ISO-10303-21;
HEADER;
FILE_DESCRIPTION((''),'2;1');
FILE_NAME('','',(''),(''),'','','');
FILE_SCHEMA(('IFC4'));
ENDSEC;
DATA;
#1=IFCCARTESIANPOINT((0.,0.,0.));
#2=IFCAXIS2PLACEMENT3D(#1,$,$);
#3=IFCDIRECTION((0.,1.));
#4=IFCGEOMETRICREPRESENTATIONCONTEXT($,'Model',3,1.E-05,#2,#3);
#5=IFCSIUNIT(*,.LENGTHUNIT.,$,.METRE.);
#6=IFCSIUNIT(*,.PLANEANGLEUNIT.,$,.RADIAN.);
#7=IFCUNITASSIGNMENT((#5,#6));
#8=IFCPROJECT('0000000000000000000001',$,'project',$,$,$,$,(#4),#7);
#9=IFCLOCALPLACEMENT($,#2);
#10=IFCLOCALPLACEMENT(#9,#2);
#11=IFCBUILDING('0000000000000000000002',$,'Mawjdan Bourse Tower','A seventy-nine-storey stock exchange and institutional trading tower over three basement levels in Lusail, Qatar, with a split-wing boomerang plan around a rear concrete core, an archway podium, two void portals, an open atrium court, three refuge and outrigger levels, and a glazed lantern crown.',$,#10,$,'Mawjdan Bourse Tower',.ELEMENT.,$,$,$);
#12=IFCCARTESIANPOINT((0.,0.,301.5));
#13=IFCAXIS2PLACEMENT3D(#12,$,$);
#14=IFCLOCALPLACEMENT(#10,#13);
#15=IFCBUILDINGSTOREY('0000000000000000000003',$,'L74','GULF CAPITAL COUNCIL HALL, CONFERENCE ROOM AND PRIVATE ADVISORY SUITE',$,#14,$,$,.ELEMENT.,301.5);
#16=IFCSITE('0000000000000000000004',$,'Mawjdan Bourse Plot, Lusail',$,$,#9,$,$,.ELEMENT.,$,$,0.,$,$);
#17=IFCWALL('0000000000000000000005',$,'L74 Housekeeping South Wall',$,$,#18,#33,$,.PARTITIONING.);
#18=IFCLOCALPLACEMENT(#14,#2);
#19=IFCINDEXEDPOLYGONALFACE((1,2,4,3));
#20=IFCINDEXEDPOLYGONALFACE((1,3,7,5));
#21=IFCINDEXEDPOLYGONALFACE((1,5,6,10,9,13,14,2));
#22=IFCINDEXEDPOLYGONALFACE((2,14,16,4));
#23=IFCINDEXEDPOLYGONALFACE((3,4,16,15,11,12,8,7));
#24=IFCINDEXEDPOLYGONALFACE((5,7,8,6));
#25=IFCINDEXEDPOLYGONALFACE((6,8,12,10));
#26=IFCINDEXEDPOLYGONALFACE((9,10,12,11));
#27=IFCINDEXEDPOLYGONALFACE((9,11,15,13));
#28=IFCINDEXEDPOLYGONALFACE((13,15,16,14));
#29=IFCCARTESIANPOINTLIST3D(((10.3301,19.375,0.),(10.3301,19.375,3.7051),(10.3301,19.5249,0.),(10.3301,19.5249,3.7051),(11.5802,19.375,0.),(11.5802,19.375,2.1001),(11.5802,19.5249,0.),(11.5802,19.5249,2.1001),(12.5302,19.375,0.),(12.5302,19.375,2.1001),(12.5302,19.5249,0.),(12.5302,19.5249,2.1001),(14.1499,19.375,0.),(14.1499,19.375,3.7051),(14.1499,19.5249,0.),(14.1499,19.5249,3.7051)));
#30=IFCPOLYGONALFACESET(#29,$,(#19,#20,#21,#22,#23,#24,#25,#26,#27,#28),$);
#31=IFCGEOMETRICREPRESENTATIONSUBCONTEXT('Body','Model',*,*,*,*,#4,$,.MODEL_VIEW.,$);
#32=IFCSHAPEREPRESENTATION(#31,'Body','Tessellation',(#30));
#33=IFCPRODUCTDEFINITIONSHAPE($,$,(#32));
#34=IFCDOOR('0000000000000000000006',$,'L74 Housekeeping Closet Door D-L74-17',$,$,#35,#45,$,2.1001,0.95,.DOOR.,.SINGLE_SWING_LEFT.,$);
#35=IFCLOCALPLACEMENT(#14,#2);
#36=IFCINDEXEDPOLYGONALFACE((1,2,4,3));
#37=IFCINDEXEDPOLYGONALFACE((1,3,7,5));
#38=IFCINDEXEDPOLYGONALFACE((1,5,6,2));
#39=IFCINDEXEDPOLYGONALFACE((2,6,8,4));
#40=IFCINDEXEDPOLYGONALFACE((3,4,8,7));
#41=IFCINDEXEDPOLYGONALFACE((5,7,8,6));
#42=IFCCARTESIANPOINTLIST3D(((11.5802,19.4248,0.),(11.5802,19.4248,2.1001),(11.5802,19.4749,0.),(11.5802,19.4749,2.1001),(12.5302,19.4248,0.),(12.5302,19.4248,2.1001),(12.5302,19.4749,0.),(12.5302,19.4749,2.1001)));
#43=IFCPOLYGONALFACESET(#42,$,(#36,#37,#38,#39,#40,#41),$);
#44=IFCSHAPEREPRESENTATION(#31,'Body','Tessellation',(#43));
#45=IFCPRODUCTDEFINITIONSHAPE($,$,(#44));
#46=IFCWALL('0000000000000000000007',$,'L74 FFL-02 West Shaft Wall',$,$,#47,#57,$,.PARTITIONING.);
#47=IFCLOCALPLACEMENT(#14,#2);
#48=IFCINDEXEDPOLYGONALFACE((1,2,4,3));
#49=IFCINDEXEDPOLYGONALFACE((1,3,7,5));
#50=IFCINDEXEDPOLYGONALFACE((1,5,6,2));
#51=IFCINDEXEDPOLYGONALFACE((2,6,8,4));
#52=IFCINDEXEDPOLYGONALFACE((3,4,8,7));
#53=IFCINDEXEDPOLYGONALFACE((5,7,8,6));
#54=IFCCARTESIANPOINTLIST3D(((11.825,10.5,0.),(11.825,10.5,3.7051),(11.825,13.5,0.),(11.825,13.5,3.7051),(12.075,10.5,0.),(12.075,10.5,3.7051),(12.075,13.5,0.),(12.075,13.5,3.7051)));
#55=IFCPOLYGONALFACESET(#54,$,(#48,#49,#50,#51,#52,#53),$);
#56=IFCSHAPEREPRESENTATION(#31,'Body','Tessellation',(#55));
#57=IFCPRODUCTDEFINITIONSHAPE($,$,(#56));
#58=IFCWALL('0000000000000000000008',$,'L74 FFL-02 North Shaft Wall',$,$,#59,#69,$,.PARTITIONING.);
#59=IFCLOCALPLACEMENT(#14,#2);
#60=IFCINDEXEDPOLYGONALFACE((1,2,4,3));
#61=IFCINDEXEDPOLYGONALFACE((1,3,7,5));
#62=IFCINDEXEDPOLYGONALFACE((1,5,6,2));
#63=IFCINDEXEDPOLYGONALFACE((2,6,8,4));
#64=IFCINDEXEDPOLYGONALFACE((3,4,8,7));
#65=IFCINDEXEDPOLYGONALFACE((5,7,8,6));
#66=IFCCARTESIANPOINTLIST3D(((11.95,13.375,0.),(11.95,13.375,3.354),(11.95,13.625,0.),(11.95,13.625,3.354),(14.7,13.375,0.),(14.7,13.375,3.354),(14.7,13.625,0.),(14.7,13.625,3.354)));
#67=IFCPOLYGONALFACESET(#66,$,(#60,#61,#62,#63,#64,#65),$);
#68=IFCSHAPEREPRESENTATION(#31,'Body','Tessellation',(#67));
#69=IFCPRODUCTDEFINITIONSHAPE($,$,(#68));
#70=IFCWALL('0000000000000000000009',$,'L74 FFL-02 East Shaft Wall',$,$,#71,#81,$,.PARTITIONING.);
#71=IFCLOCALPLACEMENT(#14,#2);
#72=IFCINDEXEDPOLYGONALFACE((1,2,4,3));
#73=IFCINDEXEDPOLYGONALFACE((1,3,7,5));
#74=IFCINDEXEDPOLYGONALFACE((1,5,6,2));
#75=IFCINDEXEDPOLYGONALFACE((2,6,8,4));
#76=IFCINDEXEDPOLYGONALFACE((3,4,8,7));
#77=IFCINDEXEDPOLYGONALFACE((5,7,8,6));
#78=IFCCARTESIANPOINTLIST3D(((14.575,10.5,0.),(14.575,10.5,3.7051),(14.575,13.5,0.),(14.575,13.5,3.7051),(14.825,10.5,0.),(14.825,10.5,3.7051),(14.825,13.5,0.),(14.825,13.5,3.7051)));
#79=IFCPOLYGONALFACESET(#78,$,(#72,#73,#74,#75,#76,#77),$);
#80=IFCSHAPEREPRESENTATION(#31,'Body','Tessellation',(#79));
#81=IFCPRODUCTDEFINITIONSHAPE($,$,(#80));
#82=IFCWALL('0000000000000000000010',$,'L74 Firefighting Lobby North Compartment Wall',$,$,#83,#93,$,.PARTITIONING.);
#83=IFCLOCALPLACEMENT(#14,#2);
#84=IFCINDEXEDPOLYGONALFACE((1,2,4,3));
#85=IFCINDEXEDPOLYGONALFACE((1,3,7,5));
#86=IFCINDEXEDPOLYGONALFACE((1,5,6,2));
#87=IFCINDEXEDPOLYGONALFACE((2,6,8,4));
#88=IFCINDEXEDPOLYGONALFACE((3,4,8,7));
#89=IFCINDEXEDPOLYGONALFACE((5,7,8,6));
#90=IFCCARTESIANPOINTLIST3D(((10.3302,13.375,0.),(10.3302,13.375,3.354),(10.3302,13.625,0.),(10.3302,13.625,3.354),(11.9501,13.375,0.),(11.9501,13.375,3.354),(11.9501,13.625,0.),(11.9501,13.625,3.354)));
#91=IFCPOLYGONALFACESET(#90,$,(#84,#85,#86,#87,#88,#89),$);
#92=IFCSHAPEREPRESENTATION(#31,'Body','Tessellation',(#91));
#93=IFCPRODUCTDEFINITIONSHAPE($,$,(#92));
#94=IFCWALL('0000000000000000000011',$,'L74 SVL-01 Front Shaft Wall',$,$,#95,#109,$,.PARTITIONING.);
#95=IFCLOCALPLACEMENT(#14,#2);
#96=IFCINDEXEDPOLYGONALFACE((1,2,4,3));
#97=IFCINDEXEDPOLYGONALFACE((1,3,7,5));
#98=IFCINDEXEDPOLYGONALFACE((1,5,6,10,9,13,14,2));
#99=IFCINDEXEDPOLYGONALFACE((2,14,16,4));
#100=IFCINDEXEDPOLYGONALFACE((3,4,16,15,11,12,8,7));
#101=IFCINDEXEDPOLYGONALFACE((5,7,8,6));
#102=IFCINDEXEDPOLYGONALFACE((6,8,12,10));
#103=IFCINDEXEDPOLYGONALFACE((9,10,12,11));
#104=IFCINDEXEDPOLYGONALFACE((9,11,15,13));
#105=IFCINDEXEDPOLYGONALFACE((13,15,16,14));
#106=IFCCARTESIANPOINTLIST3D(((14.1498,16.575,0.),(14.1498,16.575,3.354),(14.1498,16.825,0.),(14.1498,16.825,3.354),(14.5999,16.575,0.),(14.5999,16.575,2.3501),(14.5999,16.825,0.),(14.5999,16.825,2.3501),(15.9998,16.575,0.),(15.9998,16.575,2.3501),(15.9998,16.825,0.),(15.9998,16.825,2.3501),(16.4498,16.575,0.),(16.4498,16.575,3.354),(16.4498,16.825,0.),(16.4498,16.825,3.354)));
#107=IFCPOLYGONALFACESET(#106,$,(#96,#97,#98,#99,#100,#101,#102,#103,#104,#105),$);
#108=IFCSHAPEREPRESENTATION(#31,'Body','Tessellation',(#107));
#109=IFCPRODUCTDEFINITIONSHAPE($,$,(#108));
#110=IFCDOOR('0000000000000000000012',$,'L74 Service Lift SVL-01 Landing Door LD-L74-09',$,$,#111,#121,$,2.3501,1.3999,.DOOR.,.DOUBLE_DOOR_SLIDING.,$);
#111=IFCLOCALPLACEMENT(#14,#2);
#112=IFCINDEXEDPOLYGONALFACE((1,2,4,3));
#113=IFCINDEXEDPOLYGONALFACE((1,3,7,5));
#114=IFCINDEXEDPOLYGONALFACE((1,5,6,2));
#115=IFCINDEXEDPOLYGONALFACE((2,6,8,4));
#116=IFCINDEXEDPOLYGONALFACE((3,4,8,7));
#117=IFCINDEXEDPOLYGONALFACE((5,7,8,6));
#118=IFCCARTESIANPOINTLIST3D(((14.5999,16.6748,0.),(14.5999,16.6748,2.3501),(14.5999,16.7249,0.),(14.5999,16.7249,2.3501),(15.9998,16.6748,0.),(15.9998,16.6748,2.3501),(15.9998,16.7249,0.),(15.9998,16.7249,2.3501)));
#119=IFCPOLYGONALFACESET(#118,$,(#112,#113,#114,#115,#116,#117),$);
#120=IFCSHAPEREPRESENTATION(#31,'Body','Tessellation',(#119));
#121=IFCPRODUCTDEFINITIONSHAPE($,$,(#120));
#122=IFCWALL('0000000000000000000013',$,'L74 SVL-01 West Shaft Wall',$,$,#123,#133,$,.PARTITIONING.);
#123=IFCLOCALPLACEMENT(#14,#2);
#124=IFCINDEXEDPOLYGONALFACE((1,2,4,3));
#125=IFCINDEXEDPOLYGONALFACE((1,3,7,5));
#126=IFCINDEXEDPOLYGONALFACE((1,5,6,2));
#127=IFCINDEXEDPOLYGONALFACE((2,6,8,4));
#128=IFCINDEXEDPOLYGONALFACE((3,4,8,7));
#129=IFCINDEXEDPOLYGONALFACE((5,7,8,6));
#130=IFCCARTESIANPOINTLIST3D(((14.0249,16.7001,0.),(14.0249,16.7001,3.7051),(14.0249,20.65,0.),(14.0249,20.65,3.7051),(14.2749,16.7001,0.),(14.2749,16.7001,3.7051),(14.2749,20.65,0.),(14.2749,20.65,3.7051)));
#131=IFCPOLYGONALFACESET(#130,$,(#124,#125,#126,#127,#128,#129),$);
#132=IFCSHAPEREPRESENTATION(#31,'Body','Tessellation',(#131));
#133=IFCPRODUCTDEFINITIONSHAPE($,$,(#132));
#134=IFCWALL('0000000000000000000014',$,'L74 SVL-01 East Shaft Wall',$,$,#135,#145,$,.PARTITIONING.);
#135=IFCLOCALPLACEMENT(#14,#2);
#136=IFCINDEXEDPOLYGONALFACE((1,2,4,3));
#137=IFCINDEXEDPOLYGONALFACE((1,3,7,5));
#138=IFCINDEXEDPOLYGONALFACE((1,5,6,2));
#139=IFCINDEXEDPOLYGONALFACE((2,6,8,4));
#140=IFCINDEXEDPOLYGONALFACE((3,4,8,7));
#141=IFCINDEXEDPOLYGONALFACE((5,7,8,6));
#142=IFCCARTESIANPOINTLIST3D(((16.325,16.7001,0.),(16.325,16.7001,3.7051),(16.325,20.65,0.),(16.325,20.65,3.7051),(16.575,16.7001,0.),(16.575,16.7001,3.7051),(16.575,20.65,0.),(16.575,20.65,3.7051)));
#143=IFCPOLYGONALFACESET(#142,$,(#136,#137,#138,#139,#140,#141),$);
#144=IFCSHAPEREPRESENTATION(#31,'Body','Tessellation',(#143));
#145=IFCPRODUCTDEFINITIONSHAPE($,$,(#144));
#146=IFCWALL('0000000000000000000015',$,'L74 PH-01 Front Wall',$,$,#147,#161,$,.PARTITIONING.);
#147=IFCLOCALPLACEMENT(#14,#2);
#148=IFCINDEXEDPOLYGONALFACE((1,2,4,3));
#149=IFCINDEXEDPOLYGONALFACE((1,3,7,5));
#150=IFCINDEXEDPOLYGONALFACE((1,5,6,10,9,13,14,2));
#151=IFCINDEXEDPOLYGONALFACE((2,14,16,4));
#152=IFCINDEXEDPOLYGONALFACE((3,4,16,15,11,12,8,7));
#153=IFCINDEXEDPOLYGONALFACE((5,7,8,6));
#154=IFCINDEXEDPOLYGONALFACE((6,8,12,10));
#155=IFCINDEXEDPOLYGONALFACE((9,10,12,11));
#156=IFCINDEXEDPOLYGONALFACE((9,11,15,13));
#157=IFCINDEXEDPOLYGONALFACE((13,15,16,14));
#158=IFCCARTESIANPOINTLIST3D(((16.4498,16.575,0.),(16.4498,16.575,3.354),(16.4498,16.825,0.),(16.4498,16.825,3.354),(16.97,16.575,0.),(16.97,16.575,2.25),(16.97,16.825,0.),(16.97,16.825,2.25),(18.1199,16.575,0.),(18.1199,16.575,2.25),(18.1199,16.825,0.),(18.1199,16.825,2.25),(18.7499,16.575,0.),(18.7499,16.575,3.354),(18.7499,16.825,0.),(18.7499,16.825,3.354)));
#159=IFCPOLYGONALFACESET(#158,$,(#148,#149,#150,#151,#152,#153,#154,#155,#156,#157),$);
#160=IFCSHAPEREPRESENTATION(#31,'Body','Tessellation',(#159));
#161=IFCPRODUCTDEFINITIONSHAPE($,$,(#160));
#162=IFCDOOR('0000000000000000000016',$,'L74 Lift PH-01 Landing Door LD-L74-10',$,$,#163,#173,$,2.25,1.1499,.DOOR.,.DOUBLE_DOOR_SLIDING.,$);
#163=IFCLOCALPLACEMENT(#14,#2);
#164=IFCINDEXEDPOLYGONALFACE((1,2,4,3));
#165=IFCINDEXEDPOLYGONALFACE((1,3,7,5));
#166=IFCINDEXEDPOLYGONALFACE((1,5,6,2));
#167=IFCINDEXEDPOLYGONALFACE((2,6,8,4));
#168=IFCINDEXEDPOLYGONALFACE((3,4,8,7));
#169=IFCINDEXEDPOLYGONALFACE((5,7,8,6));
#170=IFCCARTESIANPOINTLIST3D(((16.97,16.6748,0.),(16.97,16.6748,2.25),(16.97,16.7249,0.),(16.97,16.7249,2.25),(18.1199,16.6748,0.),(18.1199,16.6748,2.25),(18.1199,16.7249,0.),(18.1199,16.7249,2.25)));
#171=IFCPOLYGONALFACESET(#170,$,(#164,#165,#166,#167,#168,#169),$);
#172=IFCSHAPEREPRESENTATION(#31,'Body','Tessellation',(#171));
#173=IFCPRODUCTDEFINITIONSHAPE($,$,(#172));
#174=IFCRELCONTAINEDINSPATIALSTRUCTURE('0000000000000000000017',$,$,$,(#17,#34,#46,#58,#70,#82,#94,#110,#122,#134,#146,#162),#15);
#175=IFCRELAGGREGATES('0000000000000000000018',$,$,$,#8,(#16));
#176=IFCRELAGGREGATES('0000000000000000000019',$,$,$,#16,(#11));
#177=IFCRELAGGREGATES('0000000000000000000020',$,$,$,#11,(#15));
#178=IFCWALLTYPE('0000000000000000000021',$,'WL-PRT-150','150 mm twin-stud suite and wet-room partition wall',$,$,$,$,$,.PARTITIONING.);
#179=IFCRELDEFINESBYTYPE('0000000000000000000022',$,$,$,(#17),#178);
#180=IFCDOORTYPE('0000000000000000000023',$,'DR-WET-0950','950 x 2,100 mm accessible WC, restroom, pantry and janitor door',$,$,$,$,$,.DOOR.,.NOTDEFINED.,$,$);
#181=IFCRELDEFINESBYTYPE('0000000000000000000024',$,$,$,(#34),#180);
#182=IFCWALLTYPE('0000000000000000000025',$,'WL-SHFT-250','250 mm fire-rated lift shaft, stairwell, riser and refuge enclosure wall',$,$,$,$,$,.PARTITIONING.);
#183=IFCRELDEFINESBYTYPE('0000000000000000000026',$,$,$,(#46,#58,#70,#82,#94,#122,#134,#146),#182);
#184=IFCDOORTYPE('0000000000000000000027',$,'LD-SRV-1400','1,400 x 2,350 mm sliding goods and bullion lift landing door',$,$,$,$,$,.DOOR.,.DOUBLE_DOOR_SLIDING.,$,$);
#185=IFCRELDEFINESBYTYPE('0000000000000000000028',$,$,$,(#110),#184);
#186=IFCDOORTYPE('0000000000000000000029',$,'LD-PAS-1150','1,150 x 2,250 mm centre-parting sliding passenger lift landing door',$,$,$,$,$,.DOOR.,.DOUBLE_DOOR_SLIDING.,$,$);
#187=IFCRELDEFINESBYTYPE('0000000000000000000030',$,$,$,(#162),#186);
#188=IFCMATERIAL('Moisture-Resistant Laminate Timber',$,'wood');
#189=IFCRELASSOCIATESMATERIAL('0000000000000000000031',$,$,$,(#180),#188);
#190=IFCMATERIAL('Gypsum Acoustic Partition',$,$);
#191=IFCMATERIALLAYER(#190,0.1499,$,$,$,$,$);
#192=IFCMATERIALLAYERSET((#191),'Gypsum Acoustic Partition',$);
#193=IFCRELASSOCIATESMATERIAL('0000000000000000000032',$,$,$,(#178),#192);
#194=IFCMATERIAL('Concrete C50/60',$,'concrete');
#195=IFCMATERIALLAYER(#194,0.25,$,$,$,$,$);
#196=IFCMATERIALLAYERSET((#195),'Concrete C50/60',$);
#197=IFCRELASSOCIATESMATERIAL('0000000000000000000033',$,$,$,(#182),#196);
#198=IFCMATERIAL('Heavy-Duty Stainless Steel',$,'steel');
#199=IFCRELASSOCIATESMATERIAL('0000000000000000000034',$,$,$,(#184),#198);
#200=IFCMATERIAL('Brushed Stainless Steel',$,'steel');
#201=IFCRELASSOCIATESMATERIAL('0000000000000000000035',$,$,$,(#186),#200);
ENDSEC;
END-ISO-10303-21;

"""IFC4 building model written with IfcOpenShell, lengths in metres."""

from ifc_helpers import new_model, si_unit, direction, frame, frame_2d, origin, place, context, subcontext, project, spatial, rectangle, extrude, material, layer, layer_set, type_object, element, fill, save


model = new_model("IFC4")

# Units and contexts
model_context = context("Model", 3, precision=1e-05, world=origin(), true_north=direction((0.0, 1.0)))
body_context = subcontext(model_context, "Body", "Model", "MODEL_VIEW")
ifc_project = project(units=[si_unit("LENGTHUNIT", "METRE"), si_unit("PLANEANGLEUNIT", "RADIAN")], contexts=[model_context])

# Site, building, storey
site_placement = place(None, origin())
site = spatial("IfcSite", under=ifc_project, at=site_placement, Name="Mawjdan Bourse Plot, Lusail", CompositionType="ELEMENT", RefElevation=0.0)
building_placement = place(site_placement, origin())
building = spatial("IfcBuilding", under=site, at=building_placement, Name="Mawjdan Bourse Tower", Description="A seventy-nine-storey stock exchange and institutional trading tower over three basement levels in Lusail, Qatar, with a split-wing boomerang plan around a rear concrete core, an archway podium, two void portals, an open atrium court, three refuge and outrigger levels, and a glazed lantern crown.", LongName="Mawjdan Bourse Tower", CompositionType="ELEMENT")
storey_placement = place(building_placement, frame((0.0, 0.0, 301.5)))
storey = spatial("IfcBuildingStorey", under=building, at=storey_placement, Name="L74", Description="GULF CAPITAL COUNCIL HALL, CONFERENCE ROOM AND PRIVATE ADVISORY SUITE", CompositionType="ELEMENT", Elevation=301.5)

# Wall, opening, door
ifc_material_1 = material(Name="Moisture-Resistant Laminate Timber", Category="wood")
door_type_1 = type_object("IfcDoorType", Name="DR-WET-0950", Description="950 x 2,100 mm accessible WC, restroom, pantry and janitor door", OperationType="NOTDEFINED", PredefinedType="DOOR", material=ifc_material_1)
ifc_material_2 = material(Name="Gypsum Acoustic Partition")
ifc_layer_1 = layer(ifc_material_2, 0.1499)
ifc_layer_set_1 = layer_set([ifc_layer_1], Name="Gypsum Acoustic Partition")
wall_type_1 = type_object("IfcWallType", Name="WL-PRT-150", Description="150 mm twin-stud suite and wet-room partition wall", PredefinedType="PARTITIONING", material=ifc_layer_set_1)
wall_1_placement = place(storey_placement, frame((10.3301, 19.45, 0.0), z_axis=(0.0, 0.0, 1.0), x_axis=(1.0, 0.0, 0.0)))
wall_1 = element("IfcWall", 1, at=wall_1_placement, inside=storey, type_object=wall_type_1, Name="L74 Housekeeping South Wall", PredefinedType="PARTITIONING", context=body_context, shape_type="SweptSolid", body=[
    extrude(rectangle(XDim=3.8198, YDim=0.1499, at=frame_2d((1.9099, 0.0))), origin(), (0.0, 0.0, 1.0), 3.7051),
])
opening_1_placement = place(wall_1_placement, frame((1.25, 0.0, 0.0)))
opening_1 = element("IfcOpeningElement", 2, at=opening_1_placement, cuts=wall_1, PredefinedType="OPENING", context=body_context, shape_type="SweptSolid", body=[
    extrude(rectangle(XDim=0.95, YDim=2.1001, at=frame_2d((0.4751, 1.05))), frame((0.0, 0.085, 0.0), z_axis=(0.0, -1.0, 0.0), x_axis=(1.0, 0.0, 0.0)), (0.0, 0.0, 1.0), 0.1699),
])
door_1_placement = place(opening_1_placement, origin())
door_1 = element("IfcDoor", 3, at=door_1_placement, inside=storey, type_object=door_type_1, Name="L74 Housekeeping Closet Door D-L74-17", OperationType="SINGLE_SWING_LEFT", OverallHeight=2.1001, OverallWidth=0.95, PredefinedType="DOOR", context=body_context, shape_type="SweptSolid", body=[
    extrude(rectangle(XDim=0.95, YDim=2.1001, at=frame_2d((0.4751, 1.05))), frame((0.0, 0.0249, 0.0), z_axis=(0.0, -1.0, 0.0), x_axis=(1.0, 0.0, 0.0)), (0.0, 0.0, 1.0), 0.05),
])
fill(opening_1, door_1)

# Walls
ifc_material_3 = material(Name="Concrete C50/60", Category="concrete")
ifc_layer_2 = layer(ifc_material_3, 0.25)
ifc_layer_set_2 = layer_set([ifc_layer_2], Name="Concrete C50/60")
wall_type_2 = type_object("IfcWallType", Name="WL-SHFT-250", Description="250 mm fire-rated lift shaft, stairwell, riser and refuge enclosure wall", PredefinedType="PARTITIONING", material=ifc_layer_set_2)
wall_2_placement = place(storey_placement, frame((11.95, 10.5, 0.0), z_axis=(0.0, 0.0, 1.0), x_axis=(0.0, 1.0, 0.0)))
element("IfcWall", 4, at=wall_2_placement, inside=storey, type_object=wall_type_2, Name="L74 FFL-02 West Shaft Wall", PredefinedType="PARTITIONING", context=body_context, shape_type="SweptSolid", body=[
    extrude(rectangle(XDim=3.0, YDim=0.25, at=frame_2d((1.5, 0.0))), origin(), (0.0, 0.0, 1.0), 3.7051),
])
wall_3_placement = place(storey_placement, frame((11.95, 13.5, 0.0), z_axis=(0.0, 0.0, 1.0), x_axis=(1.0, 0.0, 0.0)))
element("IfcWall", 5, at=wall_3_placement, inside=storey, type_object=wall_type_2, Name="L74 FFL-02 North Shaft Wall", PredefinedType="PARTITIONING", context=body_context, shape_type="SweptSolid", body=[
    extrude(rectangle(XDim=2.75, YDim=0.25, at=frame_2d((1.375, 0.0))), origin(), (0.0, 0.0, 1.0), 3.354),
])
wall_4_placement = place(storey_placement, frame((14.7, 10.5, 0.0), z_axis=(0.0, 0.0, 1.0), x_axis=(0.0, 1.0, 0.0)))
element("IfcWall", 6, at=wall_4_placement, inside=storey, type_object=wall_type_2, Name="L74 FFL-02 East Shaft Wall", PredefinedType="PARTITIONING", context=body_context, shape_type="SweptSolid", body=[
    extrude(rectangle(XDim=3.0, YDim=0.25, at=frame_2d((1.5, 0.0))), origin(), (0.0, 0.0, 1.0), 3.7051),
])
wall_5_placement = place(storey_placement, frame((10.3301, 13.5, 0.0), z_axis=(0.0, 0.0, 1.0), x_axis=(1.0, 0.0, 0.0)))
element("IfcWall", 7, at=wall_5_placement, inside=storey, type_object=wall_type_2, Name="L74 Firefighting Lobby North Compartment Wall", PredefinedType="PARTITIONING", context=body_context, shape_type="SweptSolid", body=[
    extrude(rectangle(XDim=1.6199, YDim=0.25, at=frame_2d((0.8101, 0.0))), origin(), (0.0, 0.0, 1.0), 3.354),
])

# Wall, opening, door
wall_6_placement = place(storey_placement, frame((14.1499, 16.7, 0.0), z_axis=(0.0, 0.0, 1.0), x_axis=(1.0, 0.0, 0.0)))
wall_6 = element("IfcWall", 8, at=wall_6_placement, inside=storey, type_object=wall_type_2, Name="L74 SVL-01 Front Shaft Wall", PredefinedType="PARTITIONING", context=body_context, shape_type="SweptSolid", body=[
    extrude(rectangle(XDim=2.3, YDim=0.25, at=frame_2d((1.1499, 0.0))), origin(), (0.0, 0.0, 1.0), 3.354),
])
opening_2_placement = place(wall_6_placement, frame((0.45, 0.0, 0.0)))
opening_2 = element("IfcOpeningElement", 9, at=opening_2_placement, cuts=wall_6, PredefinedType="OPENING", context=body_context, shape_type="SweptSolid", body=[
    extrude(rectangle(XDim=1.3999, YDim=2.3501, at=frame_2d((0.7, 1.175))), frame((0.0, 0.135, 0.0), z_axis=(0.0, -1.0, 0.0), x_axis=(1.0, 0.0, 0.0)), (0.0, 0.0, 1.0), 0.27),
])
ifc_material_4 = material(Name="Heavy-Duty Stainless Steel", Category="steel")
door_type_2 = type_object("IfcDoorType", Name="LD-SRV-1400", Description="1,400 x 2,350 mm sliding goods and bullion lift landing door", OperationType="DOUBLE_DOOR_SLIDING", PredefinedType="DOOR", material=ifc_material_4)
door_2_placement = place(opening_2_placement, origin())
door_2 = element("IfcDoor", 10, at=door_2_placement, inside=storey, type_object=door_type_2, Name="L74 Service Lift SVL-01 Landing Door LD-L74-09", OperationType="DOUBLE_DOOR_SLIDING", OverallHeight=2.3501, OverallWidth=1.3999, PredefinedType="DOOR", context=body_context, shape_type="SweptSolid", body=[
    extrude(rectangle(XDim=1.3999, YDim=2.3501, at=frame_2d((0.7, 1.175))), frame((0.0, 0.0249, 0.0), z_axis=(0.0, -1.0, 0.0), x_axis=(1.0, 0.0, 0.0)), (0.0, 0.0, 1.0), 0.05),
])
fill(opening_2, door_2)

# Walls
for number, where, z_axis, x_axis, name in (
    (11, (14.1499, 16.7, 0.0), (0.0, 0.0, 1.0), (0.0, 1.0, 0.0), "L74 SVL-01 West Shaft Wall"),
    (12, (16.45, 16.7, 0.0), (0.0, 0.0, 1.0), (0.0, 1.0, 0.0), "L74 SVL-01 East Shaft Wall"),
):
    element("IfcWall", number, at=place(storey_placement, frame(where, z_axis=z_axis, x_axis=x_axis)), inside=storey, type_object=wall_type_2, Name=name, PredefinedType="PARTITIONING", context=body_context, shape_type="SweptSolid", body=[
        extrude(rectangle(XDim=3.95, YDim=0.25, at=frame_2d((1.9751, 0.0))), origin(), (0.0, 0.0, 1.0), 3.7051),
    ])

# Wall, opening, door
wall_7_placement = place(storey_placement, frame((16.45, 16.7, 0.0), z_axis=(0.0, 0.0, 1.0), x_axis=(1.0, 0.0, 0.0)))
wall_7 = element("IfcWall", 13, at=wall_7_placement, inside=storey, type_object=wall_type_2, Name="L74 PH-01 Front Wall", PredefinedType="PARTITIONING", context=body_context, shape_type="SweptSolid", body=[
    extrude(rectangle(XDim=2.3, YDim=0.25, at=frame_2d((1.1499, 0.0))), origin(), (0.0, 0.0, 1.0), 3.354),
])
opening_3_placement = place(wall_7_placement, frame((0.52, 0.0, 0.0)))
opening_3 = element("IfcOpeningElement", 14, at=opening_3_placement, cuts=wall_7, PredefinedType="OPENING", context=body_context, shape_type="SweptSolid", body=[
    extrude(rectangle(XDim=1.1499, YDim=2.25, at=frame_2d((0.575, 1.125))), frame((0.0, 0.135, 0.0), z_axis=(0.0, -1.0, 0.0), x_axis=(1.0, 0.0, 0.0)), (0.0, 0.0, 1.0), 0.27),
])
ifc_material_5 = material(Name="Brushed Stainless Steel", Category="steel")
door_type_3 = type_object("IfcDoorType", Name="LD-PAS-1150", Description="1,150 x 2,250 mm centre-parting sliding passenger lift landing door", OperationType="DOUBLE_DOOR_SLIDING", PredefinedType="DOOR", material=ifc_material_5)
door_3_placement = place(opening_3_placement, origin())
door_3 = element("IfcDoor", 15, at=door_3_placement, inside=storey, type_object=door_type_3, Name="L74 Lift PH-01 Landing Door LD-L74-10", OperationType="DOUBLE_DOOR_SLIDING", OverallHeight=2.25, OverallWidth=1.1499, PredefinedType="DOOR", context=body_context, shape_type="SweptSolid", body=[
    extrude(rectangle(XDim=1.1499, YDim=2.25, at=frame_2d((0.575, 1.125))), frame((0.0, 0.0249, 0.0), z_axis=(0.0, -1.0, 0.0), x_axis=(1.0, 0.0, 0.0)), (0.0, 0.0, 1.0), 0.05),
])
fill(opening_3, door_3)

save(model, "model.ifc")
